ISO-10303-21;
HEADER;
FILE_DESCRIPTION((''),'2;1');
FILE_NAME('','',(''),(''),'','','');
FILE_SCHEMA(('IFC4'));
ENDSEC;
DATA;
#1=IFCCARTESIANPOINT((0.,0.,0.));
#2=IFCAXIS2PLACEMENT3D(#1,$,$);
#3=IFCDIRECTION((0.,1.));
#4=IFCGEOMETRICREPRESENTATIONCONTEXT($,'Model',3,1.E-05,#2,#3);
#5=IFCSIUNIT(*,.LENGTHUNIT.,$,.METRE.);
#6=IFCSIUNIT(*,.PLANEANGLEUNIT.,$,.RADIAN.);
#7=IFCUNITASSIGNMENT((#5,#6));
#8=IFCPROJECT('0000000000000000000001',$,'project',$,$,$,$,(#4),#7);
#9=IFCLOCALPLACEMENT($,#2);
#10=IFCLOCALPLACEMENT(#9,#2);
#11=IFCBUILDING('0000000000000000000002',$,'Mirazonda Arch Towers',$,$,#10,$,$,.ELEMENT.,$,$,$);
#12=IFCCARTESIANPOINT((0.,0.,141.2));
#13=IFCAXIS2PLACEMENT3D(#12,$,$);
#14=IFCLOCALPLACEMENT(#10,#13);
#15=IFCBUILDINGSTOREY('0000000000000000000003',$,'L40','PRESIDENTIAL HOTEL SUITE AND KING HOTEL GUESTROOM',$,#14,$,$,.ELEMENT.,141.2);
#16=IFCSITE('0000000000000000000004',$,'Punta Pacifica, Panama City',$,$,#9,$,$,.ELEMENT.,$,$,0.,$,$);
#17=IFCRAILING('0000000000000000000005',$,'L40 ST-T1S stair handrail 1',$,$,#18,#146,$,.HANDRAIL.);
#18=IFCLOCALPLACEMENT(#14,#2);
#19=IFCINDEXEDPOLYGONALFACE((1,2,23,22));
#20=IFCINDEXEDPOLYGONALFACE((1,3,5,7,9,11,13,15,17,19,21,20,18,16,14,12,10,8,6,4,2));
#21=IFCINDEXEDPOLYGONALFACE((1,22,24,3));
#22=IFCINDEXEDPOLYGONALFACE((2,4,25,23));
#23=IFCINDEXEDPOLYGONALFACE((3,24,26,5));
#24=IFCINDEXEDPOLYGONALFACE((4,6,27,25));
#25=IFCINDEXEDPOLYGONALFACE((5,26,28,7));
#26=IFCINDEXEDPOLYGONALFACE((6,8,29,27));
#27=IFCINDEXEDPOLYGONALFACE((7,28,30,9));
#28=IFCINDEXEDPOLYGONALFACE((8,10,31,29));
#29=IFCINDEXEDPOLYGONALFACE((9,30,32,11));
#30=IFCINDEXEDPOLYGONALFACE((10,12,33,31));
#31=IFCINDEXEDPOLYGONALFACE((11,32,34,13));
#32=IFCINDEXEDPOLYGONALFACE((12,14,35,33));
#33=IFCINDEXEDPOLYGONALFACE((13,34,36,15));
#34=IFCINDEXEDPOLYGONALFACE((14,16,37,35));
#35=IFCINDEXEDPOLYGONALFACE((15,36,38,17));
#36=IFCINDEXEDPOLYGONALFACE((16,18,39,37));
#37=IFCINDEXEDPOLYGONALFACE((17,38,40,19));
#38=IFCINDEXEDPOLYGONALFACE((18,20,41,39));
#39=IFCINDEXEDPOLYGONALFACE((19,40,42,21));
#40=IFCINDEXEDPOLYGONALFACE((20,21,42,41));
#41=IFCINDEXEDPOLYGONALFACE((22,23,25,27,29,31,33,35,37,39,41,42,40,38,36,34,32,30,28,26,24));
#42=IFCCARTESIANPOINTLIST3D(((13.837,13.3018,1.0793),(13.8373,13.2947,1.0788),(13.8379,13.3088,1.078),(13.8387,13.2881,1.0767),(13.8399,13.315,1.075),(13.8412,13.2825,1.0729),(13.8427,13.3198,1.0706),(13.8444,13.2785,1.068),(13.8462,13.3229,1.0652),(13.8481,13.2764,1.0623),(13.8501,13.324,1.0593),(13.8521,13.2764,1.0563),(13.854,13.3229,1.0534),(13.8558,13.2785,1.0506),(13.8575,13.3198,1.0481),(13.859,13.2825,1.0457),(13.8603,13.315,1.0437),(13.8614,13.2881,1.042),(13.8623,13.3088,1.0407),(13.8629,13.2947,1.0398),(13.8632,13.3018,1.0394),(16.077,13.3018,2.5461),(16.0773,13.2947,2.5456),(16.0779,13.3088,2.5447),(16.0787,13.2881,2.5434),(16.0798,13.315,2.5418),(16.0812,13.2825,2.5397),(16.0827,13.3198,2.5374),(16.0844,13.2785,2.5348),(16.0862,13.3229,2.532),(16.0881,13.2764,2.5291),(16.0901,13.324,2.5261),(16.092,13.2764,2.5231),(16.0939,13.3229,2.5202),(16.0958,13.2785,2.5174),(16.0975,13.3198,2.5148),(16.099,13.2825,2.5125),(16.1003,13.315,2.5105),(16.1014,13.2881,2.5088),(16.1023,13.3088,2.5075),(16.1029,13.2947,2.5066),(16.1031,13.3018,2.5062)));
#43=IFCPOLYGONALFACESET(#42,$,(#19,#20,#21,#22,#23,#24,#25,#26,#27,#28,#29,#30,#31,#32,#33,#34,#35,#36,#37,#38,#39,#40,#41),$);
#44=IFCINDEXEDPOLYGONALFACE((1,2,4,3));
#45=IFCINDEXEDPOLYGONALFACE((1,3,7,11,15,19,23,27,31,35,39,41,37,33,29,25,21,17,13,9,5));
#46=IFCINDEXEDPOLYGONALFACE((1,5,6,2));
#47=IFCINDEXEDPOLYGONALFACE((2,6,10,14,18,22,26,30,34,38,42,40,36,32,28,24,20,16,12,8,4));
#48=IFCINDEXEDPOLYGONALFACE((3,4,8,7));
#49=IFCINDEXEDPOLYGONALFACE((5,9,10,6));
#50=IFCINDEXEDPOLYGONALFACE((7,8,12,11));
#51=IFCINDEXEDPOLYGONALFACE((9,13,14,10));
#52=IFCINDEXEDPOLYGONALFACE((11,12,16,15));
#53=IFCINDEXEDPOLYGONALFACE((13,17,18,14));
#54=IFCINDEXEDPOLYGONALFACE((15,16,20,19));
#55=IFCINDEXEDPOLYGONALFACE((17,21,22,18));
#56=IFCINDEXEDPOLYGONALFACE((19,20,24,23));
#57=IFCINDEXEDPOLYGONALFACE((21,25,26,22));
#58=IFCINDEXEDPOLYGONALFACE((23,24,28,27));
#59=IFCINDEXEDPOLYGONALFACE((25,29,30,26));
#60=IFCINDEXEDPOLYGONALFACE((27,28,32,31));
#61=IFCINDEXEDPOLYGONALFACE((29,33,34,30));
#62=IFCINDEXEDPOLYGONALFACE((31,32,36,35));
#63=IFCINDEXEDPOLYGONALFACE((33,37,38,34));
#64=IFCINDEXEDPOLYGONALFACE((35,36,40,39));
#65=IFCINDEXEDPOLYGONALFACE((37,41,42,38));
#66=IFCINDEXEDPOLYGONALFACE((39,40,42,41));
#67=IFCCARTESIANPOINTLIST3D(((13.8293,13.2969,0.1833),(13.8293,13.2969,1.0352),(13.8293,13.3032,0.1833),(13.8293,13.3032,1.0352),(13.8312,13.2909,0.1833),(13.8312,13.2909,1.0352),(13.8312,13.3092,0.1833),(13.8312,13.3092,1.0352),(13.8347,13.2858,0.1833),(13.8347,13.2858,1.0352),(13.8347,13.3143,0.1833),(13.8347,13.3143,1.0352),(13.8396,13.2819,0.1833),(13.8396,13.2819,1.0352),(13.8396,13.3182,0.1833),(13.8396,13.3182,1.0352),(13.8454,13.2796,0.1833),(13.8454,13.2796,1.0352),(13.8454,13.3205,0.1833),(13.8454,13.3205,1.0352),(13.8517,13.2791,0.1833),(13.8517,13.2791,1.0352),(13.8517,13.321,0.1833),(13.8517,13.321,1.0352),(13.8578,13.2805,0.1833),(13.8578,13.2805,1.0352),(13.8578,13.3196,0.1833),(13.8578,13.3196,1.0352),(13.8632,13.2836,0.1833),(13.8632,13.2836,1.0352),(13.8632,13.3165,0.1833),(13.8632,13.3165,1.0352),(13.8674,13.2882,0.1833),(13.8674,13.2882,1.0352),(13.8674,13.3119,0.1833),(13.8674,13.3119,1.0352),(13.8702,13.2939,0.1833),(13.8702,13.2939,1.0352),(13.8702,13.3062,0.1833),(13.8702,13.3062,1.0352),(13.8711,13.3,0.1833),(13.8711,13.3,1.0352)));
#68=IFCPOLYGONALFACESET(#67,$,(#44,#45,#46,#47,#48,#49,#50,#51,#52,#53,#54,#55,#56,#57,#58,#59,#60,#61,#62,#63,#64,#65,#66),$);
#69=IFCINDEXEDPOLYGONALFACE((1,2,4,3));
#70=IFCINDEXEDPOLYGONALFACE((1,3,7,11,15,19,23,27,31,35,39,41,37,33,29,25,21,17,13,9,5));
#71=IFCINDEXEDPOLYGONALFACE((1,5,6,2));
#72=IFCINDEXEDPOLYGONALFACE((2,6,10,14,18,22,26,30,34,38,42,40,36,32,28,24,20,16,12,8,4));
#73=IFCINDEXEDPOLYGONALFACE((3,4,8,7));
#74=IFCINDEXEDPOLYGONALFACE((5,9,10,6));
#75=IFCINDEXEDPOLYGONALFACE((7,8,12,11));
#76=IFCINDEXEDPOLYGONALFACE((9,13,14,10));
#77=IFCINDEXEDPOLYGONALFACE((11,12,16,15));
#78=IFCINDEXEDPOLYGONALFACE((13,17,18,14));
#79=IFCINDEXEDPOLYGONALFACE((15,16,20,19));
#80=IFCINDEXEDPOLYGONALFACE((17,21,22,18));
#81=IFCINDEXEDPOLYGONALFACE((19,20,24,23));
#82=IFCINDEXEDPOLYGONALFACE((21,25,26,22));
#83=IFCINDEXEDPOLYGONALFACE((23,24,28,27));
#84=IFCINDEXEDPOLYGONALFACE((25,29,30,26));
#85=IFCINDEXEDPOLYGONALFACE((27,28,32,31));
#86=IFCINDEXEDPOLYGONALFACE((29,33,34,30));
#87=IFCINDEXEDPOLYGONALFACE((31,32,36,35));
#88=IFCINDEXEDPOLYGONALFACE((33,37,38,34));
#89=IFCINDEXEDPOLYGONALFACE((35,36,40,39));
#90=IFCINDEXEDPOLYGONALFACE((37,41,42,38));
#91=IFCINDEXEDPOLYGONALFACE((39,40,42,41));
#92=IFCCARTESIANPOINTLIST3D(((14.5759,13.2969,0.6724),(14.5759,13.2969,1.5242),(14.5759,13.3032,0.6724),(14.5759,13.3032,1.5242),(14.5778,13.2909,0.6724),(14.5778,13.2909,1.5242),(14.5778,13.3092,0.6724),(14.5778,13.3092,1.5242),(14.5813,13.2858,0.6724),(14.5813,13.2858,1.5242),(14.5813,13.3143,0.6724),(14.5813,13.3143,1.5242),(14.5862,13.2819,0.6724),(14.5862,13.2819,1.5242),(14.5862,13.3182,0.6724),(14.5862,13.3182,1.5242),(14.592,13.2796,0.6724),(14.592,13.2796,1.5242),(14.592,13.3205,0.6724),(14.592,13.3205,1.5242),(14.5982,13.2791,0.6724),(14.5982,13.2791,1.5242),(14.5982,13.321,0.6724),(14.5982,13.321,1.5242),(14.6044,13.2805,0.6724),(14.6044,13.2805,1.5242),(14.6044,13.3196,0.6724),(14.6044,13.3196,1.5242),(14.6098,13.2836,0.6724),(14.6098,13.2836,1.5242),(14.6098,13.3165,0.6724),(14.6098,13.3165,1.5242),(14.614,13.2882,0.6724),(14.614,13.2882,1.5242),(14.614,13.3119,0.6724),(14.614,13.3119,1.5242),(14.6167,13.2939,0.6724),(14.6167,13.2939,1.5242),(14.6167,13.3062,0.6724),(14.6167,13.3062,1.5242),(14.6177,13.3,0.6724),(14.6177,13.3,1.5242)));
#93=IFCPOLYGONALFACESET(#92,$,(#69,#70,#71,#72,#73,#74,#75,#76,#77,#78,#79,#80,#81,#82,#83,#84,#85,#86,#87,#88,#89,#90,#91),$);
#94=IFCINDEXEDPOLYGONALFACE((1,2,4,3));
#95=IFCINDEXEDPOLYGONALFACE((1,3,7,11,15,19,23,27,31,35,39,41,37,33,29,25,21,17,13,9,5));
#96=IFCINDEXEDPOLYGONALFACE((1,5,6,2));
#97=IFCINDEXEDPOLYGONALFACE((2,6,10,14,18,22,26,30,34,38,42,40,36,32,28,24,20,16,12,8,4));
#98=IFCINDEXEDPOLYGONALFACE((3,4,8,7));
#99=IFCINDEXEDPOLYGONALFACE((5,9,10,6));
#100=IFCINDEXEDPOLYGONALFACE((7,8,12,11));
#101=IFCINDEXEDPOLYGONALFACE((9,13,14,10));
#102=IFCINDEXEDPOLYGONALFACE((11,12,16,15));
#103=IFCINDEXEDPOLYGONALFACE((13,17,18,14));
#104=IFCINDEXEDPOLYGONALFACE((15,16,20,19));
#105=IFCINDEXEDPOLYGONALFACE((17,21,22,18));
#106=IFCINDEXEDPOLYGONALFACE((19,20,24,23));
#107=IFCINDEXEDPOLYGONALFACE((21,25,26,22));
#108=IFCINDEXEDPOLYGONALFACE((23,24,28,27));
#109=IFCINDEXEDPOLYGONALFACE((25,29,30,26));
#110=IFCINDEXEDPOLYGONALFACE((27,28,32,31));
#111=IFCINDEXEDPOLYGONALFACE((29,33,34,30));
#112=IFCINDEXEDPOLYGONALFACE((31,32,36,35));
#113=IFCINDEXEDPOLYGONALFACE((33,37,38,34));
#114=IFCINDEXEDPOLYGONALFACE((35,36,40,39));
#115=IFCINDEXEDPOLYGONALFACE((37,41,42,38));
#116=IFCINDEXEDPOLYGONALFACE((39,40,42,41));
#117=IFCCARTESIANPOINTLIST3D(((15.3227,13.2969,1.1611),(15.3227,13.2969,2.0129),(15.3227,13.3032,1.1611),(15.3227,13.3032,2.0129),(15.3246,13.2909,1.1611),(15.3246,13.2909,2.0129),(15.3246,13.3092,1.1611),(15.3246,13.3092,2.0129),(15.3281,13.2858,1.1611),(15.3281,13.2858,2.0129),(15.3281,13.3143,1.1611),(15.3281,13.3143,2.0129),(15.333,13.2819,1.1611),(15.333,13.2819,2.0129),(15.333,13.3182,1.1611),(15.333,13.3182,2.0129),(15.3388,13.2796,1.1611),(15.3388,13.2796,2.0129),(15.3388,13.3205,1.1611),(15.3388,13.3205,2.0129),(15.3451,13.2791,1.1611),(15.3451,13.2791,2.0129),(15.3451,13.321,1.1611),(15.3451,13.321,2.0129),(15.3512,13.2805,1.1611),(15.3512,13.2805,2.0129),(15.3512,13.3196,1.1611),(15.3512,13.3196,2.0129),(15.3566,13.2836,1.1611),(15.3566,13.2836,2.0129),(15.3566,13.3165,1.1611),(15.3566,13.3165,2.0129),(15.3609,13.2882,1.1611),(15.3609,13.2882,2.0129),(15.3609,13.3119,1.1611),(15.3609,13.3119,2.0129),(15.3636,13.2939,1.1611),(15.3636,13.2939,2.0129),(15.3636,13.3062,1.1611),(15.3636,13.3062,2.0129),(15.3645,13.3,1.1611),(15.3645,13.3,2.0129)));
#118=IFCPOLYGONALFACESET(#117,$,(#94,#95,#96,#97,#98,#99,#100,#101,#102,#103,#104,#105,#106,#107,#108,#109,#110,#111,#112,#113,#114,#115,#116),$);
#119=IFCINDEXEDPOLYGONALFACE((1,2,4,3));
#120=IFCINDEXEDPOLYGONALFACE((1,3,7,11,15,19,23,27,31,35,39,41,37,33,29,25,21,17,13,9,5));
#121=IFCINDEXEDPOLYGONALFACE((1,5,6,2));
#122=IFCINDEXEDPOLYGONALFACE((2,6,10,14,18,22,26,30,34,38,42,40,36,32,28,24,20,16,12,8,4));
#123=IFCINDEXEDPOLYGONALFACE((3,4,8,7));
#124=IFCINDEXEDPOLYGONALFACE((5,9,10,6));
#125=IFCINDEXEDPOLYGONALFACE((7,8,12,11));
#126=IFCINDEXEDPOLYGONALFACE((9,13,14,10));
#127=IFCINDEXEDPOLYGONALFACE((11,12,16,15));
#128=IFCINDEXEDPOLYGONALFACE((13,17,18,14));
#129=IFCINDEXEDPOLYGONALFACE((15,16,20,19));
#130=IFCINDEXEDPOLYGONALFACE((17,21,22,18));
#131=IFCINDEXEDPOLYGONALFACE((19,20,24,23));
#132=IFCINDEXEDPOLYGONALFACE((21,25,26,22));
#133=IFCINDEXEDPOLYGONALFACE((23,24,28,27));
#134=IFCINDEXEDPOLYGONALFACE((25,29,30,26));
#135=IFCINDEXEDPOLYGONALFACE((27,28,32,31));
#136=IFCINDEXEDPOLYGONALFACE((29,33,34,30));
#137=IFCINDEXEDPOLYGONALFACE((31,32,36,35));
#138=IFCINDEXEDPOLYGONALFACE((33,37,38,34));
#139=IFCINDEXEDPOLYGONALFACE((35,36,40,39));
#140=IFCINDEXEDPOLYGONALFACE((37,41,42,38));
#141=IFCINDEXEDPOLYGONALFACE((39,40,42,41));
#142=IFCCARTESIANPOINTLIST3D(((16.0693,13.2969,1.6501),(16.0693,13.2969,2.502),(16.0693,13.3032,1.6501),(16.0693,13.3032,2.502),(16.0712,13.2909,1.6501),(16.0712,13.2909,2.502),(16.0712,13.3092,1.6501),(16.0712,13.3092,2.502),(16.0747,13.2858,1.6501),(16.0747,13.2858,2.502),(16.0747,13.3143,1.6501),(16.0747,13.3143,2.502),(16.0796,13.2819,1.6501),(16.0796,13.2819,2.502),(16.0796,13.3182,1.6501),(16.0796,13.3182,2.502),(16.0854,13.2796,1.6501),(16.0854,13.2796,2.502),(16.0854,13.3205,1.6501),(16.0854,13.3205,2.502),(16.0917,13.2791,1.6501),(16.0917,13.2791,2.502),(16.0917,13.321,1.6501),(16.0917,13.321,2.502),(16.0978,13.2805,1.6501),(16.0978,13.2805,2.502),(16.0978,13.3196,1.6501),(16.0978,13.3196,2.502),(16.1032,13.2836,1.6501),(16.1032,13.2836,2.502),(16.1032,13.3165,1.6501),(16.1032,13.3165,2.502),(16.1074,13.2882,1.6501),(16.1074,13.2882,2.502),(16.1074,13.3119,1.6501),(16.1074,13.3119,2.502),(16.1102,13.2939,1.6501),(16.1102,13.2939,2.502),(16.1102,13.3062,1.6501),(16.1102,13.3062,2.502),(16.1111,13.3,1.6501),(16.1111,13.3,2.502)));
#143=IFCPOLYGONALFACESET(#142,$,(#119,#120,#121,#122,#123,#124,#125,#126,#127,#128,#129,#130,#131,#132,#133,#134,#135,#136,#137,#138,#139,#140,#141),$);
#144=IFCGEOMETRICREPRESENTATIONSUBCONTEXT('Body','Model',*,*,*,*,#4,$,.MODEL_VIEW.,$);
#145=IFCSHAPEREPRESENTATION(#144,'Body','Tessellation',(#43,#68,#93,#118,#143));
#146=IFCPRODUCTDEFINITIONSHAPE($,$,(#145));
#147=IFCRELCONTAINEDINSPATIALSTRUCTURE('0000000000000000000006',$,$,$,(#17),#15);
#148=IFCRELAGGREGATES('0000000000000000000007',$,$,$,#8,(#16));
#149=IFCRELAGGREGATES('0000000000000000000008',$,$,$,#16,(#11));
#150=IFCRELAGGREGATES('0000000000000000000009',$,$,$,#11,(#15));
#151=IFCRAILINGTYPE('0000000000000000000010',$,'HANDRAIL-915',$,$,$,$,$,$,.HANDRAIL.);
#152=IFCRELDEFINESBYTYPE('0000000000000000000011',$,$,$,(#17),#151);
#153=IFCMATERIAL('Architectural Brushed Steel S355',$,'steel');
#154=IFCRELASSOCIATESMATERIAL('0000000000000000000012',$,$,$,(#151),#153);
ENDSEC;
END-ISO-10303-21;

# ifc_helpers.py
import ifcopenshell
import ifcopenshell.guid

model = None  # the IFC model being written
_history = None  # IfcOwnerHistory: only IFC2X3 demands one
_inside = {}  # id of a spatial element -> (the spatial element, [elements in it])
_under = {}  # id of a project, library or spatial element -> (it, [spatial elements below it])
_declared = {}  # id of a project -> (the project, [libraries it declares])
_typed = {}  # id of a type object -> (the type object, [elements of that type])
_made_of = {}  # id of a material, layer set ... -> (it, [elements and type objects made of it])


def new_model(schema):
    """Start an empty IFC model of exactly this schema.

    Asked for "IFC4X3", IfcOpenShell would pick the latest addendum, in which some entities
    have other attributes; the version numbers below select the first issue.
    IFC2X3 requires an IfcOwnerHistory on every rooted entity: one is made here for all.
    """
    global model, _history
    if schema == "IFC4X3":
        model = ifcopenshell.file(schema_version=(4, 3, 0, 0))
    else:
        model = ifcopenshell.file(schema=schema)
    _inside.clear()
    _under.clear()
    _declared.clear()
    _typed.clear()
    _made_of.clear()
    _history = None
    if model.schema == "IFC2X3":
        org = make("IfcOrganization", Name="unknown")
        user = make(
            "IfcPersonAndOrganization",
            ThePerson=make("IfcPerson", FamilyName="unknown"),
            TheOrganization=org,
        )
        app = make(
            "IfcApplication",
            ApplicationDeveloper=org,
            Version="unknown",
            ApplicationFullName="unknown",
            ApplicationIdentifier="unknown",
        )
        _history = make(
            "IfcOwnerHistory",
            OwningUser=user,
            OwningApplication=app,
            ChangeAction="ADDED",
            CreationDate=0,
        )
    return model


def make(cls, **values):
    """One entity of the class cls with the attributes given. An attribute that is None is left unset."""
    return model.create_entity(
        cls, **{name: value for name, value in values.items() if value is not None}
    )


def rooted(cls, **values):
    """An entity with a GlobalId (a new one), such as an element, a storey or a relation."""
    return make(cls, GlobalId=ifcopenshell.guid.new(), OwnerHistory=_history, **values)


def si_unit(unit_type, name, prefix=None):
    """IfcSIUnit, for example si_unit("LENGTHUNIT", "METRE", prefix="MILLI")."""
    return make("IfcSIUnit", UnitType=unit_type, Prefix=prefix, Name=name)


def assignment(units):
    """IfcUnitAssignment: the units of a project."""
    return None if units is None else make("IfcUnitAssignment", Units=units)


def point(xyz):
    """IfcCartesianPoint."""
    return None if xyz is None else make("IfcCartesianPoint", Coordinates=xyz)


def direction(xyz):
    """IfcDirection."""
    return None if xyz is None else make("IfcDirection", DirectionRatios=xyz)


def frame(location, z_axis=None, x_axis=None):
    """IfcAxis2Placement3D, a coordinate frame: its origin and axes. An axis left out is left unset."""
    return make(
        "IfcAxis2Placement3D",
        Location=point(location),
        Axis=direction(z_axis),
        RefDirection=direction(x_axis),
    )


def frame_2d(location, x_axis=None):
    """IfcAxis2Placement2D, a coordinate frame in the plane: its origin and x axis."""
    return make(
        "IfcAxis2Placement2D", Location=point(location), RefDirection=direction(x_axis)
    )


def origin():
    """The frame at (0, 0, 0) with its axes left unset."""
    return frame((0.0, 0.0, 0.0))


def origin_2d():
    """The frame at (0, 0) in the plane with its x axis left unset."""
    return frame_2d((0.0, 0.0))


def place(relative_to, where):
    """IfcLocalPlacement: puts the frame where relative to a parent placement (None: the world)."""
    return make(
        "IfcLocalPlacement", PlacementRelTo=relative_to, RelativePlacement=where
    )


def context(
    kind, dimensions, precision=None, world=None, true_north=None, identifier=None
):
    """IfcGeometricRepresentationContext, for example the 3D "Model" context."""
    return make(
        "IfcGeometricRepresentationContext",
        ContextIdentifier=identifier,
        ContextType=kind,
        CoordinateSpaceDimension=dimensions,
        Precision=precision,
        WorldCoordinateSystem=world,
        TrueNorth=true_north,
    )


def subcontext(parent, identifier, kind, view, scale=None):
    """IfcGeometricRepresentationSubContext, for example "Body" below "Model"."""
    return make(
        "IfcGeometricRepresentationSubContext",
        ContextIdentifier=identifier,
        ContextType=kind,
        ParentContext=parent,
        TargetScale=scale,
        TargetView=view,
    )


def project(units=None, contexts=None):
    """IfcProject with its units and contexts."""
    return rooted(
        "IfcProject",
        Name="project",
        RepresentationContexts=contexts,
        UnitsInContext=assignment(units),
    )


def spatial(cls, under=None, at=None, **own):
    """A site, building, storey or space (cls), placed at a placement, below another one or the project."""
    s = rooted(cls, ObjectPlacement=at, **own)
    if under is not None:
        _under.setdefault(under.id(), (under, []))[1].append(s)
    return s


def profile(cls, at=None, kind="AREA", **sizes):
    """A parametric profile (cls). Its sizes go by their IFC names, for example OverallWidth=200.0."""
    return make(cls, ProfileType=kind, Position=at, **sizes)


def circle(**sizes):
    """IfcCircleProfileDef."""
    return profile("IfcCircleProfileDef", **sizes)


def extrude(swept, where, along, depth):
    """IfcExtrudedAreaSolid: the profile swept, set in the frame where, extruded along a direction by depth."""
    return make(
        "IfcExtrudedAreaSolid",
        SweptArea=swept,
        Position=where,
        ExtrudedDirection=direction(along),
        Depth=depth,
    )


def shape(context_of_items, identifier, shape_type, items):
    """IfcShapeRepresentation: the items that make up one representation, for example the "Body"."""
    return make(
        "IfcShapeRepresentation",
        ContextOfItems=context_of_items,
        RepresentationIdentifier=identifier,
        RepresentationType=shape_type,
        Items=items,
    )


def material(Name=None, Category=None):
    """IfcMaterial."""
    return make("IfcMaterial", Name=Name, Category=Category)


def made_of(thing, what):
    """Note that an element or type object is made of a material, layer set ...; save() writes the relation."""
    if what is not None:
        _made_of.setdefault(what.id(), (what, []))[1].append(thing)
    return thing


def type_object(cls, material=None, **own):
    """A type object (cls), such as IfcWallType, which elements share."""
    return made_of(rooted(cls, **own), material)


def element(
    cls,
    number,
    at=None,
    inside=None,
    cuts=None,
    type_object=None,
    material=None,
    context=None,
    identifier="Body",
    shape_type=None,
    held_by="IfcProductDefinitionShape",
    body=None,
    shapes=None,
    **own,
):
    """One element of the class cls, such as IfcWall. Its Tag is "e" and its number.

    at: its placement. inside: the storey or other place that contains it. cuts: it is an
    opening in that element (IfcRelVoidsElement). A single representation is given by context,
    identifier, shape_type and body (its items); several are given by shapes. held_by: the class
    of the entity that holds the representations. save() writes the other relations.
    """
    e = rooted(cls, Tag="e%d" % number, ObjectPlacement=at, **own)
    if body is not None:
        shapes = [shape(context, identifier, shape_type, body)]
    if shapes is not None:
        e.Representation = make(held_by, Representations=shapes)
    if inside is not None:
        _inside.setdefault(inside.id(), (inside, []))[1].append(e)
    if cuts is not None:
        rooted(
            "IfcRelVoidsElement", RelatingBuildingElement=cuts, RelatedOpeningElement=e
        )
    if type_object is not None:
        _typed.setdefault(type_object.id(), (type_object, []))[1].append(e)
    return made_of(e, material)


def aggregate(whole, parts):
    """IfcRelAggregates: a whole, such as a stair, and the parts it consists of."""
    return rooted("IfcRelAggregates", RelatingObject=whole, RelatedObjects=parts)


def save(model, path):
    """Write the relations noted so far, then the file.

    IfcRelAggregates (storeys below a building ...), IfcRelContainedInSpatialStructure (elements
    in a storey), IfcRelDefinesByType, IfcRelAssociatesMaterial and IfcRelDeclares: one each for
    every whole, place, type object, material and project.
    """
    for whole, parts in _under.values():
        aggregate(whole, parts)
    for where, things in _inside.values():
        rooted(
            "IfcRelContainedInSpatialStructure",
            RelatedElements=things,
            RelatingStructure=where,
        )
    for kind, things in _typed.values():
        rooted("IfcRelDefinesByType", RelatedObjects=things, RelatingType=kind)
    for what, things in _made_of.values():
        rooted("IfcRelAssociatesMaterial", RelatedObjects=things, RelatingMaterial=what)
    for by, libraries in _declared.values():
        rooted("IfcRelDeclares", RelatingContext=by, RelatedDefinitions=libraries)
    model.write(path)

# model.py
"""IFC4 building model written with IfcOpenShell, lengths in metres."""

from ifc_helpers import new_model, si_unit, direction, frame, origin, origin_2d, place, context, subcontext, project, spatial, circle, extrude, material, type_object, element, save


model = new_model("IFC4")

# Units and contexts
model_context = context("Model", 3, precision=1e-05, world=origin(), true_north=direction((0.0, 1.0)))
body_context = subcontext(model_context, "Body", "Model", "MODEL_VIEW")
ifc_project = project(units=[si_unit("LENGTHUNIT", "METRE"), si_unit("PLANEANGLEUNIT", "RADIAN")], contexts=[model_context])

# Site, building, storey
site_placement = place(None, origin())
site = spatial("IfcSite", under=ifc_project, at=site_placement, Name="Punta Pacifica, Panama City", CompositionType="ELEMENT", RefElevation=0.0)
building_placement = place(site_placement, origin())
building = spatial("IfcBuilding", under=site, at=building_placement, Name="Mirazonda Arch Towers", CompositionType="ELEMENT")
storey_placement = place(building_placement, frame((0.0, 0.0, 141.2)))
storey = spatial("IfcBuildingStorey", under=building, at=storey_placement, Name="L40", Description="PRESIDENTIAL HOTEL SUITE AND KING HOTEL GUESTROOM", CompositionType="ELEMENT", Elevation=141.2)

# Shared definitions
ifc_material_1 = material(Name="Architectural Brushed Steel S355", Category="steel")

# Railing
railing_type_1 = type_object("IfcRailingType", Name="HANDRAIL-915", PredefinedType="HANDRAIL", material=ifc_material_1)
railing_1_placement = place(storey_placement, frame((13.8501, 13.3, 0.1833)))
element("IfcRailing", 1, at=railing_1_placement, inside=storey, type_object=railing_type_1, Name="L40 ST-T1S stair handrail 1", PredefinedType="HANDRAIL", context=body_context, shape_type="SweptSolid", body=[
    extrude(circle(Radius=0.0239, at=origin_2d()), frame((0.0, 0.0, 0.876), z_axis=(0.836595, 0.0, 0.547822), x_axis=(0.0, 1.0, 0.0)), (0.0, 0.0, 1.0), 2.6775),
    extrude(circle(Radius=0.021, at=origin_2d()), origin(), (0.0, 0.0, 1.0), 0.8518),
    extrude(circle(Radius=0.021, at=origin_2d()), frame((0.7466, 0.0, 0.489)), (0.0, 0.0, 1.0), 0.8518),
    extrude(circle(Radius=0.021, at=origin_2d()), frame((1.4934, 0.0, 0.9778)), (0.0, 0.0, 1.0), 0.8518),
    extrude(circle(Radius=0.021, at=origin_2d()), frame((2.24, 0.0, 1.4668)), (0.0, 0.0, 1.0), 0.8518),
])

save(model, "model.ifc")
